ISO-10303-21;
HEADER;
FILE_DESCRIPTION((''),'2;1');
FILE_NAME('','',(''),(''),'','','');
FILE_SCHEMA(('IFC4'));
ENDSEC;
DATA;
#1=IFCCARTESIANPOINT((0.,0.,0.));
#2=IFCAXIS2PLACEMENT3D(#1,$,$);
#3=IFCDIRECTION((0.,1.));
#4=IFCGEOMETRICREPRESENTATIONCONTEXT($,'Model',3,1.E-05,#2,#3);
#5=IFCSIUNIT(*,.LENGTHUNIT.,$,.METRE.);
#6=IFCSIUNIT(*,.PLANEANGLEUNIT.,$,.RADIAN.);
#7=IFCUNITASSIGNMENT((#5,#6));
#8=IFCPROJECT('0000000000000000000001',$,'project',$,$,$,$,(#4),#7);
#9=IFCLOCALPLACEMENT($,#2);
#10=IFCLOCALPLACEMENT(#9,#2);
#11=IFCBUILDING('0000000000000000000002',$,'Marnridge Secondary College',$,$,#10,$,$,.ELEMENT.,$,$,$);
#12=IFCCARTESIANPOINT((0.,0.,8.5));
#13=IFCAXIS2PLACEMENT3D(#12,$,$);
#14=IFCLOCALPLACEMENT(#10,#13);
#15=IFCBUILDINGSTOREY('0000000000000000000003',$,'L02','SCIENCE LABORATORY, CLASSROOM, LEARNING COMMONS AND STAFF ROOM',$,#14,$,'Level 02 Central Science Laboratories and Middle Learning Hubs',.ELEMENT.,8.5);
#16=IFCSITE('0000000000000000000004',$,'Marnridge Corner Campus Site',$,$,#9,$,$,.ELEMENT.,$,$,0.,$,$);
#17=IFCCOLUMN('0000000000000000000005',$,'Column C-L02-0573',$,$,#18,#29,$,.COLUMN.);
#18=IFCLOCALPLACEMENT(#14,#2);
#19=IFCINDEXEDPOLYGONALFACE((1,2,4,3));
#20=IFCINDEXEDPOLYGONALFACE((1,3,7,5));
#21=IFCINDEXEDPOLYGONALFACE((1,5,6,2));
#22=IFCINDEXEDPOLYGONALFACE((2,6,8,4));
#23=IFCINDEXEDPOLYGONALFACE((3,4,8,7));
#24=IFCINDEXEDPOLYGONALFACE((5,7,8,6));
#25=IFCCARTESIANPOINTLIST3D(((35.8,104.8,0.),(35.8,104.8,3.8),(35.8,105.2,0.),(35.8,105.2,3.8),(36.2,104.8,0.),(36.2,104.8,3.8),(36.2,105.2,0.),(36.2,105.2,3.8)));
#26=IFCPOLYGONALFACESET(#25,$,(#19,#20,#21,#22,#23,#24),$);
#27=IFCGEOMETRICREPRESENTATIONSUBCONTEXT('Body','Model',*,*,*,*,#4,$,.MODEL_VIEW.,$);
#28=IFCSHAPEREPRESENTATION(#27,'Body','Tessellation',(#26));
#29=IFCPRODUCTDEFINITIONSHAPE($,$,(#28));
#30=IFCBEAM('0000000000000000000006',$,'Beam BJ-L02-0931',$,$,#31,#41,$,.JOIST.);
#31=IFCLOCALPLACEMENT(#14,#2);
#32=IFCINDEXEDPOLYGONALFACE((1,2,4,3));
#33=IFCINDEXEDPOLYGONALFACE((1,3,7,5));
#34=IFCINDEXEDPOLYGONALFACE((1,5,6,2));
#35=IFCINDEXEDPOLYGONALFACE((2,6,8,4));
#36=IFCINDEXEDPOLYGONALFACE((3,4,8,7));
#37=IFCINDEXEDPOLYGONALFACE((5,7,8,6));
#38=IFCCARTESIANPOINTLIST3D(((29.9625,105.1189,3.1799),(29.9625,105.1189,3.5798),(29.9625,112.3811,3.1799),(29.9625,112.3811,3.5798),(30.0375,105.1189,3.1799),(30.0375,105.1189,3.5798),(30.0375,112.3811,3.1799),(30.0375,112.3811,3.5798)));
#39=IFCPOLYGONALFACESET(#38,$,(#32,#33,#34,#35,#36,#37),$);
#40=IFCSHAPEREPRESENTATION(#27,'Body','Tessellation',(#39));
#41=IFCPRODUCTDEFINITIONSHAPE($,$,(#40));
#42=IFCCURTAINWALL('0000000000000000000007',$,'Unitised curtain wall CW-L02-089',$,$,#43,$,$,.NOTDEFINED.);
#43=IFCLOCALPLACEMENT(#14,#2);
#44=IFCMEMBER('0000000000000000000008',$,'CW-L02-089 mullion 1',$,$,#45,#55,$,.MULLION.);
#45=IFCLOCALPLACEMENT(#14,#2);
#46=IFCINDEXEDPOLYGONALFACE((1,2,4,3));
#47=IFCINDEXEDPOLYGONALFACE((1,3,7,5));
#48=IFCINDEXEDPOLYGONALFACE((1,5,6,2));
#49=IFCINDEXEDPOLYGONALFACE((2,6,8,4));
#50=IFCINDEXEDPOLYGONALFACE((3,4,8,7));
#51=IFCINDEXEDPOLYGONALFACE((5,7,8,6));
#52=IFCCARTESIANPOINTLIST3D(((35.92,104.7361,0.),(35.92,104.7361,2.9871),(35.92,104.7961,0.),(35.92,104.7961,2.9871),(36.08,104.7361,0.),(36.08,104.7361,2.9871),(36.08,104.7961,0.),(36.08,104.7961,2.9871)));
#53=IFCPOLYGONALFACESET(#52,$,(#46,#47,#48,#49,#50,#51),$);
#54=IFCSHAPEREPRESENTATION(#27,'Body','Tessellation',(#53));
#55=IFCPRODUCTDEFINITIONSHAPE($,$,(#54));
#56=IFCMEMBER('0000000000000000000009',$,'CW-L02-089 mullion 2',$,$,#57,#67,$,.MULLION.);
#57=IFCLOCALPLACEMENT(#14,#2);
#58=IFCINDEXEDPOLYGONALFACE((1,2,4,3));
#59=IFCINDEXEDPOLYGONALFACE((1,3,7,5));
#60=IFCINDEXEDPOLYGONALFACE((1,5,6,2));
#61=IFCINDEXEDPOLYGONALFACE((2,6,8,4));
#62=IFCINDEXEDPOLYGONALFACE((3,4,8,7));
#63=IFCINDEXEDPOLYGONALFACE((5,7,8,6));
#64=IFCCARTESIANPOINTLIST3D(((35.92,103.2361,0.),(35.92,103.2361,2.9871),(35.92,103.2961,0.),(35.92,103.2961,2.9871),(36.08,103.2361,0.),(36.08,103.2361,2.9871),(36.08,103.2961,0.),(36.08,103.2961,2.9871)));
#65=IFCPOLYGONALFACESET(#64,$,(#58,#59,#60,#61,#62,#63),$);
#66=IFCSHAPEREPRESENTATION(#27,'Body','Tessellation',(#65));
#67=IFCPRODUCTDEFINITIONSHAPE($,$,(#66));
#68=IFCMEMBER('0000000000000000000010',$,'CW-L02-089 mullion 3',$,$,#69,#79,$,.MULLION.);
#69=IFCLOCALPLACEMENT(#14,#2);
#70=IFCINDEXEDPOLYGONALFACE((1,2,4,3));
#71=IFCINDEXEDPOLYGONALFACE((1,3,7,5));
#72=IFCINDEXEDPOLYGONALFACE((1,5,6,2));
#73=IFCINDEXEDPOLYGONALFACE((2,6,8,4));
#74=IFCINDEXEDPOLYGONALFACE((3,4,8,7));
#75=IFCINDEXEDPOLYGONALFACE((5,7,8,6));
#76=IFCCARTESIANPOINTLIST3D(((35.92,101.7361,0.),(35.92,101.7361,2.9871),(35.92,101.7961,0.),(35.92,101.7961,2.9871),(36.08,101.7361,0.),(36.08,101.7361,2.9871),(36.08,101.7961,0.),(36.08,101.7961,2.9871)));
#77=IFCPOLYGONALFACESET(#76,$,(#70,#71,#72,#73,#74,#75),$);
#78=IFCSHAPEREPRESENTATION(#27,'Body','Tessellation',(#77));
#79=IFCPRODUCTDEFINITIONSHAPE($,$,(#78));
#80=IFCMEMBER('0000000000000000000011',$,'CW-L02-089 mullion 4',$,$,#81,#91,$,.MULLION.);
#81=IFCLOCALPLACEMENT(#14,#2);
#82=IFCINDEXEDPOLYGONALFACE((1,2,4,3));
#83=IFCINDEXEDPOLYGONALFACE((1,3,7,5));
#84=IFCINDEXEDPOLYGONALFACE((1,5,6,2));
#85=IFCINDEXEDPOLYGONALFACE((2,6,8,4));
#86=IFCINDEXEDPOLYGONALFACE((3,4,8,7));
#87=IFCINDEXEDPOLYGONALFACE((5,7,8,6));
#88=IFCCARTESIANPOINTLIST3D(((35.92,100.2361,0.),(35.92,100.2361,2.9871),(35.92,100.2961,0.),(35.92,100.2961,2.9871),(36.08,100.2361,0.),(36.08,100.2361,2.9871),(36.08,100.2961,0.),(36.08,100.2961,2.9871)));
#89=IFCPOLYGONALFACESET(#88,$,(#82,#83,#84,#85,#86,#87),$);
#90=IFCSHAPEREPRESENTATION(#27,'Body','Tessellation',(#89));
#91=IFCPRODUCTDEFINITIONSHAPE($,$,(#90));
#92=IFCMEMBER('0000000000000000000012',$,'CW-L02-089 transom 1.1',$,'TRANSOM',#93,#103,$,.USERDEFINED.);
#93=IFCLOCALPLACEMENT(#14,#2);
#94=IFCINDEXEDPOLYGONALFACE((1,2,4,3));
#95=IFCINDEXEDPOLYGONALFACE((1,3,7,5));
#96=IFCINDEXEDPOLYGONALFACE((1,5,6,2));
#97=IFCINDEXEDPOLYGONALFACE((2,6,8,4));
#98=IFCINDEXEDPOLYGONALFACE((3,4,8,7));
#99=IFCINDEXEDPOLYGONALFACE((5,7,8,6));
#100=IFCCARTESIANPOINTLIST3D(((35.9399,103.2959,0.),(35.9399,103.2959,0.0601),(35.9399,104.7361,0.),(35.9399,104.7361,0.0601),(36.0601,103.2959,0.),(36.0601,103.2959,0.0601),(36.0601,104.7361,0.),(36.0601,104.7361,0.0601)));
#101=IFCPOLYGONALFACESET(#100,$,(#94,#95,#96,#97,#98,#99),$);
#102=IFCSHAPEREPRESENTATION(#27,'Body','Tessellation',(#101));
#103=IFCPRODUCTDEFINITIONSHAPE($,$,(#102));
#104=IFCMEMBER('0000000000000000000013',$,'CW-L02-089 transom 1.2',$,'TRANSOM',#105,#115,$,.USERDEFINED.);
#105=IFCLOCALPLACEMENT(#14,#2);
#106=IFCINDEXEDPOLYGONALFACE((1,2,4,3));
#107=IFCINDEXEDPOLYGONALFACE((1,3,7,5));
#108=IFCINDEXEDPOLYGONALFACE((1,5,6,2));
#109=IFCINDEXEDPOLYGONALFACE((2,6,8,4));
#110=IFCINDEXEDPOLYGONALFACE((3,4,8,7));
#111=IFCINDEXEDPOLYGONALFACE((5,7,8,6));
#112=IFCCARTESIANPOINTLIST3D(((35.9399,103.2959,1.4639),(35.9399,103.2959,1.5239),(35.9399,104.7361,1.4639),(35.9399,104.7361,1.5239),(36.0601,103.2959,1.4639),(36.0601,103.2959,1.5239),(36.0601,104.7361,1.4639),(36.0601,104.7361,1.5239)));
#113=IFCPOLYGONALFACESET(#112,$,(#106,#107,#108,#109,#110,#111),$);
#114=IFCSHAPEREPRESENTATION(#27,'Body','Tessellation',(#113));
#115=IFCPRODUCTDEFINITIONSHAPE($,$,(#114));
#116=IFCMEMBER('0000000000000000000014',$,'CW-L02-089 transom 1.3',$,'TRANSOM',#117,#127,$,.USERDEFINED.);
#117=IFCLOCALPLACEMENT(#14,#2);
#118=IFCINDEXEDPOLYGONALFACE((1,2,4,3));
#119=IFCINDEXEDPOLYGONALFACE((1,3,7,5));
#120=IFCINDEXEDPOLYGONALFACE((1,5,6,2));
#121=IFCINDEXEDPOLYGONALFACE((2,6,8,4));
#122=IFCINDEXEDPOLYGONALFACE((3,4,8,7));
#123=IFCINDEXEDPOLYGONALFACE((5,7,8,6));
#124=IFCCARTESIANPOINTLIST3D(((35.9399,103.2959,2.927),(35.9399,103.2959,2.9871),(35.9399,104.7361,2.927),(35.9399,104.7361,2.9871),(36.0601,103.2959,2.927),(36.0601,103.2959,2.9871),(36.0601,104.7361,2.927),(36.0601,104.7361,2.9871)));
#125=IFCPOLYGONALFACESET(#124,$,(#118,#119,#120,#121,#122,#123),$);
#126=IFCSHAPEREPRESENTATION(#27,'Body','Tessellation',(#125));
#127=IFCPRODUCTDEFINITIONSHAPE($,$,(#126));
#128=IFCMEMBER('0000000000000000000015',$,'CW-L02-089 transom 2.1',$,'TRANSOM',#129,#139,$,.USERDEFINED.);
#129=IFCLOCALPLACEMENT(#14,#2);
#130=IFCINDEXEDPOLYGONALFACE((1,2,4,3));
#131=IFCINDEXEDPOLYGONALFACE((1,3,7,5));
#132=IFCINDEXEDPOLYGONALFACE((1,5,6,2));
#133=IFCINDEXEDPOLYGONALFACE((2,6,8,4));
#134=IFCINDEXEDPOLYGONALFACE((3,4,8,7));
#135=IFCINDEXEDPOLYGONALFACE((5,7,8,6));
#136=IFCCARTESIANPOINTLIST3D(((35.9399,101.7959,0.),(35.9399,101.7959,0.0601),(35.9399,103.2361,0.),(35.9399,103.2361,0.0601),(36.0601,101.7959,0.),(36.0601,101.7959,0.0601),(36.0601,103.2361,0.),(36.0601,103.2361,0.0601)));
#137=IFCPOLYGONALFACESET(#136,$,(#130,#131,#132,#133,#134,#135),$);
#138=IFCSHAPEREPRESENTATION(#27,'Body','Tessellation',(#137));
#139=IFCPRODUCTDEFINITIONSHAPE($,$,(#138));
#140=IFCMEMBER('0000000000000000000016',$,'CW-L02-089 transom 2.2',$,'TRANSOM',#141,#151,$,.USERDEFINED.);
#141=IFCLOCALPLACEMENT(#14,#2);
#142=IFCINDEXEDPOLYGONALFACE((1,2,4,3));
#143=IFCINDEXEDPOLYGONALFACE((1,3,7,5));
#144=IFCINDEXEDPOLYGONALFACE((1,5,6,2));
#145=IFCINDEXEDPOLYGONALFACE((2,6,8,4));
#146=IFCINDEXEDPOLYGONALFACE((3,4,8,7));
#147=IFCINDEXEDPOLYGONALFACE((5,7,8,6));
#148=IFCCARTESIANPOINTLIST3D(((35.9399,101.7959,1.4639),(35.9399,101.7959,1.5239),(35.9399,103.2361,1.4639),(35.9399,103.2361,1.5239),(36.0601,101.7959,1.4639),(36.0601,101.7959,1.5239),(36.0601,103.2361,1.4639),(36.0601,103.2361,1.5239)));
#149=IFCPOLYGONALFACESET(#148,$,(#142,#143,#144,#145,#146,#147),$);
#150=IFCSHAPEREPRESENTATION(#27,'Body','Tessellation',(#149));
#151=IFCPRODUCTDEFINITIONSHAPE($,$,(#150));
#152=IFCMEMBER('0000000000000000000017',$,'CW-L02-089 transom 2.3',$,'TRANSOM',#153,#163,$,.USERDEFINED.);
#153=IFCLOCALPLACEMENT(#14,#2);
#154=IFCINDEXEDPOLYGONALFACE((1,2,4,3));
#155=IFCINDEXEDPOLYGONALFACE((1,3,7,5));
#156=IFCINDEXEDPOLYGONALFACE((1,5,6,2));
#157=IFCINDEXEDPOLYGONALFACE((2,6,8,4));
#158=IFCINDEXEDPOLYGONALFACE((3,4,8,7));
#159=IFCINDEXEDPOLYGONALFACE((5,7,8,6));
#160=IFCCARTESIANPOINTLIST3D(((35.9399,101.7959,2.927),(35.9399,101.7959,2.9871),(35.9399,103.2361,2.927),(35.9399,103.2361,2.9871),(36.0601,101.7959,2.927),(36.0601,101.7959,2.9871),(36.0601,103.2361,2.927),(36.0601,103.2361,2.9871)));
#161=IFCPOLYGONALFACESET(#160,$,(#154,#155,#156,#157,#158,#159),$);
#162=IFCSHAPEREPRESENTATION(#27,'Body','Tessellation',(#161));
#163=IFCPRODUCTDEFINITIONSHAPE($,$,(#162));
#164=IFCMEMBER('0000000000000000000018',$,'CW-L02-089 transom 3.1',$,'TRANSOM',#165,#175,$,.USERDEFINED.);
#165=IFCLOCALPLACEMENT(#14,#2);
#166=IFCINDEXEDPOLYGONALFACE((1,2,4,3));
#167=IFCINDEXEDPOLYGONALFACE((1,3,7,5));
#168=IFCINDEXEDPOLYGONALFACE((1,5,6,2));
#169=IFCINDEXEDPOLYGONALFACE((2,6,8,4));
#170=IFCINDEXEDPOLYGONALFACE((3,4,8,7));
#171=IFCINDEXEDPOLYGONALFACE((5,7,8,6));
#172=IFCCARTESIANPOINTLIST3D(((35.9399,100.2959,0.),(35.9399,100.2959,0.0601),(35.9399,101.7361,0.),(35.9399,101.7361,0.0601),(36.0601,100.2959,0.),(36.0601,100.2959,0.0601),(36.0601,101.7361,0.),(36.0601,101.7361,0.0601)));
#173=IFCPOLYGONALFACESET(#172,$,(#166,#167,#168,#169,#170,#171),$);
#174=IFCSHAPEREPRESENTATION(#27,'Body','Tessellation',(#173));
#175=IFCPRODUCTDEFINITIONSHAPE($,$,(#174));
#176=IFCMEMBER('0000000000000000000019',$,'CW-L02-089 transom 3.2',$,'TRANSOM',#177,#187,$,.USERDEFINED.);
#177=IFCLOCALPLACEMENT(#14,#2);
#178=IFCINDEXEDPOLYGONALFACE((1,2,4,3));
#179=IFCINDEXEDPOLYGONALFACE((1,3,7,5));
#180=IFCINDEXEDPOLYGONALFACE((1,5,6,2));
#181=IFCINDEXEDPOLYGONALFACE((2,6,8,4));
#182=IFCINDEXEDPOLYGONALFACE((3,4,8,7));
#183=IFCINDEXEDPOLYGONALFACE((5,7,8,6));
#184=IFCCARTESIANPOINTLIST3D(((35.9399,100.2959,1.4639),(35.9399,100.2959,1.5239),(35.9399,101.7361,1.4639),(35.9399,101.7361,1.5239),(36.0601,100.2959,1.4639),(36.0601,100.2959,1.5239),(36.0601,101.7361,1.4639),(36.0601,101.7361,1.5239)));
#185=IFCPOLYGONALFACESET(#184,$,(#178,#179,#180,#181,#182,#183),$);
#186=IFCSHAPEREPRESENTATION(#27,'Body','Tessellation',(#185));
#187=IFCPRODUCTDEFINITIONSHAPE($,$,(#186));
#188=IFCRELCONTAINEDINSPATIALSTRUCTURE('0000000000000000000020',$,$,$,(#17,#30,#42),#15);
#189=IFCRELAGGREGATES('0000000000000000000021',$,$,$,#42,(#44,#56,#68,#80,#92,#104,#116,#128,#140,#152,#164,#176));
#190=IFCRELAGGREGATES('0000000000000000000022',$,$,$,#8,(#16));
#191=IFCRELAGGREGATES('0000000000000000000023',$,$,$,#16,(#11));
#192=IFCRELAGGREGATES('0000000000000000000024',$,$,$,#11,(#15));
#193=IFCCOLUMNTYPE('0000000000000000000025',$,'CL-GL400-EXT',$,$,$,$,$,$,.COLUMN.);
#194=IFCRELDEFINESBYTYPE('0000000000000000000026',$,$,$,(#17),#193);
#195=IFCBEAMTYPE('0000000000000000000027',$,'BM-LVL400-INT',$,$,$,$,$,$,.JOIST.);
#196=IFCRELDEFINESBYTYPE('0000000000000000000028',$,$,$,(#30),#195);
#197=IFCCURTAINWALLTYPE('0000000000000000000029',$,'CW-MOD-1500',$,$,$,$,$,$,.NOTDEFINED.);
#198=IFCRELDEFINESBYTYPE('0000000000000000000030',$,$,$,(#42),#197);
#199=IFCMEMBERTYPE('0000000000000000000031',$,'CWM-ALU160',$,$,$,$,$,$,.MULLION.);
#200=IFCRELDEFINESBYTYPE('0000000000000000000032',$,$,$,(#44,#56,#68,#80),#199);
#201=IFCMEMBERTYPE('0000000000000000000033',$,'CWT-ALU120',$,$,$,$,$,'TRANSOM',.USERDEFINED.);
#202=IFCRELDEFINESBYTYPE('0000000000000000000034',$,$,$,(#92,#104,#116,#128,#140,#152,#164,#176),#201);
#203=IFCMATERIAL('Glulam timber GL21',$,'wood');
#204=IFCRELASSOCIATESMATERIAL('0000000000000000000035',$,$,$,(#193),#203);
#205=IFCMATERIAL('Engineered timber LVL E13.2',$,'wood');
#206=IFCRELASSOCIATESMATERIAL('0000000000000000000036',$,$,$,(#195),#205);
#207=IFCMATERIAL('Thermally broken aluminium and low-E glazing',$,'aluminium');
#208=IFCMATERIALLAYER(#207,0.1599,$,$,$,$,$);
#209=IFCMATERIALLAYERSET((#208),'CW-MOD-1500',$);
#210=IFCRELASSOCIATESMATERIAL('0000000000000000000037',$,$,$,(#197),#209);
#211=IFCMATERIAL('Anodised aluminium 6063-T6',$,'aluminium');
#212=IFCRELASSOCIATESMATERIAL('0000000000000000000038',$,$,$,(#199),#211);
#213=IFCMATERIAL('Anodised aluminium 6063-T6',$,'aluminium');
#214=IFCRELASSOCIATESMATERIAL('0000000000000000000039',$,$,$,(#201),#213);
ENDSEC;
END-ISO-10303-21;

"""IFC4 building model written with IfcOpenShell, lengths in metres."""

from ifc_helpers import new_model, si_unit, direction, frame, origin, origin_2d, place, context, subcontext, project, spatial, rectangle, extrude, material, layer, layer_set, material_profile, profile_set, type_object, element, aggregate, save


model = new_model("IFC4")

# Units and contexts
model_context = context("Model", 3, precision=1e-05, world=origin(), true_north=direction((0.0, 1.0)))
body_context = subcontext(model_context, "Body", "Model", "MODEL_VIEW")
ifc_project = project(units=[si_unit("LENGTHUNIT", "METRE"), si_unit("PLANEANGLEUNIT", "RADIAN")], contexts=[model_context])

# Site, building, storey
site_placement = place(None, origin())
site = spatial("IfcSite", under=ifc_project, at=site_placement, Name="Marnridge Corner Campus Site", CompositionType="ELEMENT", RefElevation=0.0)
building_placement = place(site_placement, origin())
building = spatial("IfcBuilding", under=site, at=building_placement, Name="Marnridge Secondary College", CompositionType="ELEMENT")
storey_placement = place(building_placement, frame((0.0, 0.0, 8.5)))
storey = spatial("IfcBuildingStorey", under=building, at=storey_placement, Name="L02", Description="SCIENCE LABORATORY, CLASSROOM, LEARNING COMMONS AND STAFF ROOM", LongName="Level 02 Central Science Laboratories and Middle Learning Hubs", CompositionType="ELEMENT", Elevation=8.5)

# Column
ifc_material_1 = material(Name="Glulam timber GL21", Category="wood")
ifc_material_profile_1 = material_profile(ifc_material_1, rectangle(XDim=0.3999, YDim=0.3999, at=origin_2d()), Name="GL21 400x400")
ifc_profile_set_1 = profile_set([ifc_material_profile_1], Name="Glulam timber GL21")
column_type = type_object("IfcColumnType", Name="CL-GL400-EXT", PredefinedType="COLUMN", material=ifc_profile_set_1)
column_placement = place(storey_placement, frame((36.0, 105.0, 0.0), z_axis=(0.0, 0.0, 1.0), x_axis=(1.0, 0.0, 0.0)))
element("IfcColumn", 1, at=column_placement, inside=storey, type_object=column_type, Name="Column C-L02-0573", PredefinedType="COLUMN", context=body_context, shape_type="SweptSolid", body=[
    extrude(rectangle(XDim=0.3999, YDim=0.3999, at=origin_2d()), origin(), (0.0, 0.0, 1.0), 3.8),
])

# Beam
ifc_material_2 = material(Name="Engineered timber LVL E13.2", Category="wood")
ifc_material_profile_2 = material_profile(ifc_material_2, rectangle(XDim=0.075, YDim=0.3999, at=origin_2d()), Name="LVL 75x400")
ifc_profile_set_2 = profile_set([ifc_material_profile_2], Name="Engineered timber LVL E13.2")
beam_type = type_object("IfcBeamType", Name="BM-LVL400-INT", PredefinedType="JOIST", material=ifc_profile_set_2)
beam_placement = place(storey_placement, frame((30.0, 105.1189, 3.3799), z_axis=(0.0, 1.0, 0.0), x_axis=(-1.0, 0.0, 0.0)))
element("IfcBeam", 2, at=beam_placement, inside=storey, type_object=beam_type, Name="Beam BJ-L02-0931", PredefinedType="JOIST", context=body_context, shape_type="SweptSolid", body=[
    extrude(rectangle(XDim=0.075, YDim=0.3999, at=origin_2d()), origin(), (0.0, 0.0, 1.0), 7.2622),
])

# Curtain wall, members
ifc_material_3 = material(Name="Thermally broken aluminium and low-E glazing", Category="aluminium")
ifc_layer_1 = layer(ifc_material_3, 0.1599)
ifc_layer_set_1 = layer_set([ifc_layer_1], Name="CW-MOD-1500")
curtain_wall_type = type_object("IfcCurtainWallType", Name="CW-MOD-1500", PredefinedType="NOTDEFINED", material=ifc_layer_set_1)
curtain_wall_placement = place(storey_placement, origin())
curtain_wall = element("IfcCurtainWall", 3, at=curtain_wall_placement, inside=storey, type_object=curtain_wall_type, Name="Unitised curtain wall CW-L02-089", PredefinedType="NOTDEFINED")
ifc_material_4 = material(Name="Anodised aluminium 6063-T6", Category="aluminium")
ifc_material_profile_3 = material_profile(ifc_material_4, rectangle(XDim=0.0601, YDim=0.1599, at=origin_2d()), Name="ALU 60x160")
ifc_profile_set_3 = profile_set([ifc_material_profile_3], Name="Anodised aluminium 6063-T6")
member_type_1 = type_object("IfcMemberType", Name="CWM-ALU160", PredefinedType="MULLION", material=ifc_profile_set_3)
member_1_placement = place(storey_placement, frame((36.0, 104.7661, 0.0), z_axis=(0.0, 0.0, 1.0), x_axis=(0.0, -1.0, 0.0)))
member_1 = element("IfcMember", 4, at=member_1_placement, type_object=member_type_1, Name="CW-L02-089 mullion 1", PredefinedType="MULLION", context=body_context, shape_type="SweptSolid", body=[
    extrude(rectangle(XDim=0.0601, YDim=0.1599, at=origin_2d()), origin(), (0.0, 0.0, 1.0), 2.9871),
])
member_2_placement = place(storey_placement, frame((36.0, 103.2661, 0.0), z_axis=(0.0, 0.0, 1.0), x_axis=(0.0, -1.0, 0.0)))
member_2 = element("IfcMember", 5, at=member_2_placement, type_object=member_type_1, Name="CW-L02-089 mullion 2", PredefinedType="MULLION", context=body_context, shape_type="SweptSolid", body=[
    extrude(rectangle(XDim=0.0601, YDim=0.1599, at=origin_2d()), origin(), (0.0, 0.0, 1.0), 2.9871),
])
member_3_placement = place(storey_placement, frame((36.0, 101.7661, 0.0), z_axis=(0.0, 0.0, 1.0), x_axis=(0.0, -1.0, 0.0)))
member_3 = element("IfcMember", 6, at=member_3_placement, type_object=member_type_1, Name="CW-L02-089 mullion 3", PredefinedType="MULLION", context=body_context, shape_type="SweptSolid", body=[
    extrude(rectangle(XDim=0.0601, YDim=0.1599, at=origin_2d()), origin(), (0.0, 0.0, 1.0), 2.9871),
])
member_4_placement = place(storey_placement, frame((36.0, 100.2661, 0.0), z_axis=(0.0, 0.0, 1.0), x_axis=(0.0, -1.0, 0.0)))
member_4 = element("IfcMember", 7, at=member_4_placement, type_object=member_type_1, Name="CW-L02-089 mullion 4", PredefinedType="MULLION", context=body_context, shape_type="SweptSolid", body=[
    extrude(rectangle(XDim=0.0601, YDim=0.1599, at=origin_2d()), origin(), (0.0, 0.0, 1.0), 2.9871),
])
ifc_material_5 = material(Name="Anodised aluminium 6063-T6", Category="aluminium")
ifc_material_profile_4 = material_profile(ifc_material_5, rectangle(XDim=0.0601, YDim=0.1201, at=origin_2d()), Name="ALU 60x120")
ifc_profile_set_4 = profile_set([ifc_material_profile_4], Name="Anodised aluminium 6063-T6")
member_type_2 = type_object("IfcMemberType", Name="CWT-ALU120", ElementType="TRANSOM", PredefinedType="USERDEFINED", material=ifc_profile_set_4)
member_5_placement = place(storey_placement, frame((36.0, 104.7361, 0.03), z_axis=(0.0, -1.0, 0.0), x_axis=(0.0, 0.0, 1.0)))
member_5 = element("IfcMember", 8, at=member_5_placement, type_object=member_type_2, Name="CW-L02-089 transom 1.1", ObjectType="TRANSOM", PredefinedType="USERDEFINED", context=body_context, shape_type="SweptSolid", body=[
    extrude(rectangle(XDim=0.0601, YDim=0.1201, at=origin_2d()), origin(), (0.0, 0.0, 1.0), 1.4402),
])
member_6_placement = place(storey_placement, frame((36.0, 104.7361, 1.4939), z_axis=(0.0, -1.0, 0.0), x_axis=(0.0, 0.0, 1.0)))
member_6 = element("IfcMember", 9, at=member_6_placement, type_object=member_type_2, Name="CW-L02-089 transom 1.2", ObjectType="TRANSOM", PredefinedType="USERDEFINED", context=body_context, shape_type="SweptSolid", body=[
    extrude(rectangle(XDim=0.0601, YDim=0.1201, at=origin_2d()), origin(), (0.0, 0.0, 1.0), 1.4402),
])
member_7_placement = place(storey_placement, frame((36.0, 104.7361, 2.957), z_axis=(0.0, -1.0, 0.0), x_axis=(0.0, 0.0, 1.0)))
member_7 = element("IfcMember", 10, at=member_7_placement, type_object=member_type_2, Name="CW-L02-089 transom 1.3", ObjectType="TRANSOM", PredefinedType="USERDEFINED", context=body_context, shape_type="SweptSolid", body=[
    extrude(rectangle(XDim=0.0601, YDim=0.1201, at=origin_2d()), origin(), (0.0, 0.0, 1.0), 1.4402),
])
member_8_placement = place(storey_placement, frame((36.0, 103.2361, 0.03), z_axis=(0.0, -1.0, 0.0), x_axis=(0.0, 0.0, 1.0)))
member_8 = element("IfcMember", 11, at=member_8_placement, type_object=member_type_2, Name="CW-L02-089 transom 2.1", ObjectType="TRANSOM", PredefinedType="USERDEFINED", context=body_context, shape_type="SweptSolid", body=[
    extrude(rectangle(XDim=0.0601, YDim=0.1201, at=origin_2d()), origin(), (0.0, 0.0, 1.0), 1.4402),
])
member_9_placement = place(storey_placement, frame((36.0, 103.2361, 1.4939), z_axis=(0.0, -1.0, 0.0), x_axis=(0.0, 0.0, 1.0)))
member_9 = element("IfcMember", 12, at=member_9_placement, type_object=member_type_2, Name="CW-L02-089 transom 2.2", ObjectType="TRANSOM", PredefinedType="USERDEFINED", context=body_context, shape_type="SweptSolid", body=[
    extrude(rectangle(XDim=0.0601, YDim=0.1201, at=origin_2d()), origin(), (0.0, 0.0, 1.0), 1.4402),
])
member_10_placement = place(storey_placement, frame((36.0, 103.2361, 2.957), z_axis=(0.0, -1.0, 0.0), x_axis=(0.0, 0.0, 1.0)))
member_10 = element("IfcMember", 13, at=member_10_placement, type_object=member_type_2, Name="CW-L02-089 transom 2.3", ObjectType="TRANSOM", PredefinedType="USERDEFINED", context=body_context, shape_type="SweptSolid", body=[
    extrude(rectangle(XDim=0.0601, YDim=0.1201, at=origin_2d()), origin(), (0.0, 0.0, 1.0), 1.4402),
])
member_11_placement = place(storey_placement, frame((36.0, 101.7361, 0.03), z_axis=(0.0, -1.0, 0.0), x_axis=(0.0, 0.0, 1.0)))
member_11 = element("IfcMember", 14, at=member_11_placement, type_object=member_type_2, Name="CW-L02-089 transom 3.1", ObjectType="TRANSOM", PredefinedType="USERDEFINED", context=body_context, shape_type="SweptSolid", body=[
    extrude(rectangle(XDim=0.0601, YDim=0.1201, at=origin_2d()), origin(), (0.0, 0.0, 1.0), 1.4402),
])
member_12_placement = place(storey_placement, frame((36.0, 101.7361, 1.4939), z_axis=(0.0, -1.0, 0.0), x_axis=(0.0, 0.0, 1.0)))
member_12 = element("IfcMember", 15, at=member_12_placement, type_object=member_type_2, Name="CW-L02-089 transom 3.2", ObjectType="TRANSOM", PredefinedType="USERDEFINED", context=body_context, shape_type="SweptSolid", body=[
    extrude(rectangle(XDim=0.0601, YDim=0.1201, at=origin_2d()), origin(), (0.0, 0.0, 1.0), 1.4402),
])
aggregate(curtain_wall, [member_1, member_2, member_3, member_4, member_5, member_6, member_7, member_8, member_9, member_10, member_11, member_12])

save(model, "model.ifc")
